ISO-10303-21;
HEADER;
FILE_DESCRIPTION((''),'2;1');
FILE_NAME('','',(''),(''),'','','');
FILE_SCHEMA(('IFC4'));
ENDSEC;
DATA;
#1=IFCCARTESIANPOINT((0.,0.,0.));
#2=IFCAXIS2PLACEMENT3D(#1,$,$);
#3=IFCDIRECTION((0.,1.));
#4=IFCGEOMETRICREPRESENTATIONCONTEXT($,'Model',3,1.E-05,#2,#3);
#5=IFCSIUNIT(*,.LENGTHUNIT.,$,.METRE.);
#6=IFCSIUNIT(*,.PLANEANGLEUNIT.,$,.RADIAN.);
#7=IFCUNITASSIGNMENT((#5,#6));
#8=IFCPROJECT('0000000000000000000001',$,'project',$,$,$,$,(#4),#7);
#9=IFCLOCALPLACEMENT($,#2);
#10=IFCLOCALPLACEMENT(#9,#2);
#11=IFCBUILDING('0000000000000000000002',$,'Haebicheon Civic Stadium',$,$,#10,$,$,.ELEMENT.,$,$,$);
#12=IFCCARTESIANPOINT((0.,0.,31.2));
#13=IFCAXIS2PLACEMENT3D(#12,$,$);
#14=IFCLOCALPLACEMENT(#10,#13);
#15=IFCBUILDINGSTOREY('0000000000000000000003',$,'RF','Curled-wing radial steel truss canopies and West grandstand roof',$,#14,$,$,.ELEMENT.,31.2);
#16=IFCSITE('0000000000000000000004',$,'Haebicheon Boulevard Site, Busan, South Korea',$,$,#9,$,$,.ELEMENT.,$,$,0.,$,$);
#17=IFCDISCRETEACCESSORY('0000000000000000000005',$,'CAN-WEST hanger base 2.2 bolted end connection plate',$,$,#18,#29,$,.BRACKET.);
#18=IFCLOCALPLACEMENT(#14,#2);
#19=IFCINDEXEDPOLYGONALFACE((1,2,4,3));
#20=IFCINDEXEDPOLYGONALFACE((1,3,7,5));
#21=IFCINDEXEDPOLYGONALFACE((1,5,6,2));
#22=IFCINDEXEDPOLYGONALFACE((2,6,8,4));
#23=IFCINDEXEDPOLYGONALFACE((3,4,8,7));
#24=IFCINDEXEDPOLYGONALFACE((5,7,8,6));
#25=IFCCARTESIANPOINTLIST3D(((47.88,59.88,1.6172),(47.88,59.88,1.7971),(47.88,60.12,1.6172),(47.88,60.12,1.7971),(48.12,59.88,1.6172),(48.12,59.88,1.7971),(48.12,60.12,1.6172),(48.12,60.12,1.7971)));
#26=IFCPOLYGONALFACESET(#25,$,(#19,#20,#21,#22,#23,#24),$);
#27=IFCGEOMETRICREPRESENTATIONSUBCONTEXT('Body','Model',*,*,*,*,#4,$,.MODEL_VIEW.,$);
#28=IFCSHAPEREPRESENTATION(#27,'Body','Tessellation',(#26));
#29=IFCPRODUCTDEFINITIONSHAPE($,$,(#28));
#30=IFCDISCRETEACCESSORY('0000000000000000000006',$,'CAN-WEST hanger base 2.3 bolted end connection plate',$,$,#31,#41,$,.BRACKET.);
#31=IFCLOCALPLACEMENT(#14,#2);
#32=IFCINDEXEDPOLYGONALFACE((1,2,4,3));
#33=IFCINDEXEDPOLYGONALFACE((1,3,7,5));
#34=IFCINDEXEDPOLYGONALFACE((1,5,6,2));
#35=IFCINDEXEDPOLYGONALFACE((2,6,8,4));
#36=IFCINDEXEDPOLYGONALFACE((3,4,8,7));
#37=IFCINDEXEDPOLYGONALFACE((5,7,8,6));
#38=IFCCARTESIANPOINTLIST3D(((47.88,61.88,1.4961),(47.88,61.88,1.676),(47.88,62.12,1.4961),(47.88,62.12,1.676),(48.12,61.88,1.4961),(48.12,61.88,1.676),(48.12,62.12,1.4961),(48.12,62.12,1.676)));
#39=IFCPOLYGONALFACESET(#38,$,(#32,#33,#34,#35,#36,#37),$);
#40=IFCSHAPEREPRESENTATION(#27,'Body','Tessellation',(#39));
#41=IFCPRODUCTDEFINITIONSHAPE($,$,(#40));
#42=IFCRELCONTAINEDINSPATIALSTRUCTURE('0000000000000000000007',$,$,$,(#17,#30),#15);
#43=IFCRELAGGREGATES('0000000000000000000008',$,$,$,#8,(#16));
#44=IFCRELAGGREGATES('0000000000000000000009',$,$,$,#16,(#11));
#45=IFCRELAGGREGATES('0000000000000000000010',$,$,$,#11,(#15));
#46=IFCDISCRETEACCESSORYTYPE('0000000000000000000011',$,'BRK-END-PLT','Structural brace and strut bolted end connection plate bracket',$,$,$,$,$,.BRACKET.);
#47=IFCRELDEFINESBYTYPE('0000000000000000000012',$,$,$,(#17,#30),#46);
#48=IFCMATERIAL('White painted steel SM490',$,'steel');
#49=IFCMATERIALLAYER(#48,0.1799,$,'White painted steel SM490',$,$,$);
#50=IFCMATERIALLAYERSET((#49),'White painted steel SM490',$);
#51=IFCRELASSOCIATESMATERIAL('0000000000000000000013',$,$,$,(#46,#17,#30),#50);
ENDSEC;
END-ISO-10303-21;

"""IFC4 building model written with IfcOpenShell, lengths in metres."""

from ifc_helpers import new_model, si_unit, direction, frame, origin, origin_2d, place, context, subcontext, project, spatial, rectangle, extrude, material, layer, layer_set, type_object, element, save


model = new_model("IFC4")

# Units and contexts
model_context = context("Model", 3, precision=1e-05, world=origin(), true_north=direction((0.0, 1.0)))
body_context = subcontext(model_context, "Body", "Model", "MODEL_VIEW")
ifc_project = project(units=[si_unit("LENGTHUNIT", "METRE"), si_unit("PLANEANGLEUNIT", "RADIAN")], contexts=[model_context])

# Site, building, storey
site_placement = place(None, origin())
site = spatial("IfcSite", under=ifc_project, at=site_placement, Name="Haebicheon Boulevard Site, Busan, South Korea", CompositionType="ELEMENT", RefElevation=0.0)
building_placement = place(site_placement, origin())
building = spatial("IfcBuilding", under=site, at=building_placement, Name="Haebicheon Civic Stadium", CompositionType="ELEMENT")
storey_placement = place(building_placement, frame((0.0, 0.0, 31.2)))
storey = spatial("IfcBuildingStorey", under=building, at=storey_placement, Name="RF", Description="Curled-wing radial steel truss canopies and West grandstand roof", CompositionType="ELEMENT", Elevation=31.2)

# Discrete accessories
ifc_material_1 = material(Name="White painted steel SM490", Category="steel")
ifc_layer_1 = layer(ifc_material_1, 0.1799, Name="White painted steel SM490")
ifc_layer_set_1 = layer_set([ifc_layer_1], Name="White painted steel SM490")
discrete_accessory_type = type_object("IfcDiscreteAccessoryType", Name="BRK-END-PLT", Description="Structural brace and strut bolted end connection plate bracket", PredefinedType="BRACKET", material=ifc_layer_set_1)
for number, where, z_axis, x_axis, name in (
    (1, (48.0, 60.0, 1.6172), (0.0, 0.0, 1.0), (1.0, 0.0, 0.0), "CAN-WEST hanger base 2.2 bolted end connection plate"),
    (2, (48.0, 62.0, 1.4961), (0.0, 0.0, 1.0), (1.0, 0.0, 0.0), "CAN-WEST hanger base 2.3 bolted end connection plate"),
):
    element("IfcDiscreteAccessory", number, at=place(storey_placement, frame(where, z_axis=z_axis, x_axis=x_axis)), inside=storey, type_object=discrete_accessory_type, material=ifc_layer_set_1, Name=name, PredefinedType="BRACKET", context=body_context, shape_type="SweptSolid", body=[
        extrude(rectangle(XDim=0.24, YDim=0.24, at=origin_2d()), origin(), (0.0, 0.0, 1.0), 0.1799),
    ])

save(model, "model.ifc")
